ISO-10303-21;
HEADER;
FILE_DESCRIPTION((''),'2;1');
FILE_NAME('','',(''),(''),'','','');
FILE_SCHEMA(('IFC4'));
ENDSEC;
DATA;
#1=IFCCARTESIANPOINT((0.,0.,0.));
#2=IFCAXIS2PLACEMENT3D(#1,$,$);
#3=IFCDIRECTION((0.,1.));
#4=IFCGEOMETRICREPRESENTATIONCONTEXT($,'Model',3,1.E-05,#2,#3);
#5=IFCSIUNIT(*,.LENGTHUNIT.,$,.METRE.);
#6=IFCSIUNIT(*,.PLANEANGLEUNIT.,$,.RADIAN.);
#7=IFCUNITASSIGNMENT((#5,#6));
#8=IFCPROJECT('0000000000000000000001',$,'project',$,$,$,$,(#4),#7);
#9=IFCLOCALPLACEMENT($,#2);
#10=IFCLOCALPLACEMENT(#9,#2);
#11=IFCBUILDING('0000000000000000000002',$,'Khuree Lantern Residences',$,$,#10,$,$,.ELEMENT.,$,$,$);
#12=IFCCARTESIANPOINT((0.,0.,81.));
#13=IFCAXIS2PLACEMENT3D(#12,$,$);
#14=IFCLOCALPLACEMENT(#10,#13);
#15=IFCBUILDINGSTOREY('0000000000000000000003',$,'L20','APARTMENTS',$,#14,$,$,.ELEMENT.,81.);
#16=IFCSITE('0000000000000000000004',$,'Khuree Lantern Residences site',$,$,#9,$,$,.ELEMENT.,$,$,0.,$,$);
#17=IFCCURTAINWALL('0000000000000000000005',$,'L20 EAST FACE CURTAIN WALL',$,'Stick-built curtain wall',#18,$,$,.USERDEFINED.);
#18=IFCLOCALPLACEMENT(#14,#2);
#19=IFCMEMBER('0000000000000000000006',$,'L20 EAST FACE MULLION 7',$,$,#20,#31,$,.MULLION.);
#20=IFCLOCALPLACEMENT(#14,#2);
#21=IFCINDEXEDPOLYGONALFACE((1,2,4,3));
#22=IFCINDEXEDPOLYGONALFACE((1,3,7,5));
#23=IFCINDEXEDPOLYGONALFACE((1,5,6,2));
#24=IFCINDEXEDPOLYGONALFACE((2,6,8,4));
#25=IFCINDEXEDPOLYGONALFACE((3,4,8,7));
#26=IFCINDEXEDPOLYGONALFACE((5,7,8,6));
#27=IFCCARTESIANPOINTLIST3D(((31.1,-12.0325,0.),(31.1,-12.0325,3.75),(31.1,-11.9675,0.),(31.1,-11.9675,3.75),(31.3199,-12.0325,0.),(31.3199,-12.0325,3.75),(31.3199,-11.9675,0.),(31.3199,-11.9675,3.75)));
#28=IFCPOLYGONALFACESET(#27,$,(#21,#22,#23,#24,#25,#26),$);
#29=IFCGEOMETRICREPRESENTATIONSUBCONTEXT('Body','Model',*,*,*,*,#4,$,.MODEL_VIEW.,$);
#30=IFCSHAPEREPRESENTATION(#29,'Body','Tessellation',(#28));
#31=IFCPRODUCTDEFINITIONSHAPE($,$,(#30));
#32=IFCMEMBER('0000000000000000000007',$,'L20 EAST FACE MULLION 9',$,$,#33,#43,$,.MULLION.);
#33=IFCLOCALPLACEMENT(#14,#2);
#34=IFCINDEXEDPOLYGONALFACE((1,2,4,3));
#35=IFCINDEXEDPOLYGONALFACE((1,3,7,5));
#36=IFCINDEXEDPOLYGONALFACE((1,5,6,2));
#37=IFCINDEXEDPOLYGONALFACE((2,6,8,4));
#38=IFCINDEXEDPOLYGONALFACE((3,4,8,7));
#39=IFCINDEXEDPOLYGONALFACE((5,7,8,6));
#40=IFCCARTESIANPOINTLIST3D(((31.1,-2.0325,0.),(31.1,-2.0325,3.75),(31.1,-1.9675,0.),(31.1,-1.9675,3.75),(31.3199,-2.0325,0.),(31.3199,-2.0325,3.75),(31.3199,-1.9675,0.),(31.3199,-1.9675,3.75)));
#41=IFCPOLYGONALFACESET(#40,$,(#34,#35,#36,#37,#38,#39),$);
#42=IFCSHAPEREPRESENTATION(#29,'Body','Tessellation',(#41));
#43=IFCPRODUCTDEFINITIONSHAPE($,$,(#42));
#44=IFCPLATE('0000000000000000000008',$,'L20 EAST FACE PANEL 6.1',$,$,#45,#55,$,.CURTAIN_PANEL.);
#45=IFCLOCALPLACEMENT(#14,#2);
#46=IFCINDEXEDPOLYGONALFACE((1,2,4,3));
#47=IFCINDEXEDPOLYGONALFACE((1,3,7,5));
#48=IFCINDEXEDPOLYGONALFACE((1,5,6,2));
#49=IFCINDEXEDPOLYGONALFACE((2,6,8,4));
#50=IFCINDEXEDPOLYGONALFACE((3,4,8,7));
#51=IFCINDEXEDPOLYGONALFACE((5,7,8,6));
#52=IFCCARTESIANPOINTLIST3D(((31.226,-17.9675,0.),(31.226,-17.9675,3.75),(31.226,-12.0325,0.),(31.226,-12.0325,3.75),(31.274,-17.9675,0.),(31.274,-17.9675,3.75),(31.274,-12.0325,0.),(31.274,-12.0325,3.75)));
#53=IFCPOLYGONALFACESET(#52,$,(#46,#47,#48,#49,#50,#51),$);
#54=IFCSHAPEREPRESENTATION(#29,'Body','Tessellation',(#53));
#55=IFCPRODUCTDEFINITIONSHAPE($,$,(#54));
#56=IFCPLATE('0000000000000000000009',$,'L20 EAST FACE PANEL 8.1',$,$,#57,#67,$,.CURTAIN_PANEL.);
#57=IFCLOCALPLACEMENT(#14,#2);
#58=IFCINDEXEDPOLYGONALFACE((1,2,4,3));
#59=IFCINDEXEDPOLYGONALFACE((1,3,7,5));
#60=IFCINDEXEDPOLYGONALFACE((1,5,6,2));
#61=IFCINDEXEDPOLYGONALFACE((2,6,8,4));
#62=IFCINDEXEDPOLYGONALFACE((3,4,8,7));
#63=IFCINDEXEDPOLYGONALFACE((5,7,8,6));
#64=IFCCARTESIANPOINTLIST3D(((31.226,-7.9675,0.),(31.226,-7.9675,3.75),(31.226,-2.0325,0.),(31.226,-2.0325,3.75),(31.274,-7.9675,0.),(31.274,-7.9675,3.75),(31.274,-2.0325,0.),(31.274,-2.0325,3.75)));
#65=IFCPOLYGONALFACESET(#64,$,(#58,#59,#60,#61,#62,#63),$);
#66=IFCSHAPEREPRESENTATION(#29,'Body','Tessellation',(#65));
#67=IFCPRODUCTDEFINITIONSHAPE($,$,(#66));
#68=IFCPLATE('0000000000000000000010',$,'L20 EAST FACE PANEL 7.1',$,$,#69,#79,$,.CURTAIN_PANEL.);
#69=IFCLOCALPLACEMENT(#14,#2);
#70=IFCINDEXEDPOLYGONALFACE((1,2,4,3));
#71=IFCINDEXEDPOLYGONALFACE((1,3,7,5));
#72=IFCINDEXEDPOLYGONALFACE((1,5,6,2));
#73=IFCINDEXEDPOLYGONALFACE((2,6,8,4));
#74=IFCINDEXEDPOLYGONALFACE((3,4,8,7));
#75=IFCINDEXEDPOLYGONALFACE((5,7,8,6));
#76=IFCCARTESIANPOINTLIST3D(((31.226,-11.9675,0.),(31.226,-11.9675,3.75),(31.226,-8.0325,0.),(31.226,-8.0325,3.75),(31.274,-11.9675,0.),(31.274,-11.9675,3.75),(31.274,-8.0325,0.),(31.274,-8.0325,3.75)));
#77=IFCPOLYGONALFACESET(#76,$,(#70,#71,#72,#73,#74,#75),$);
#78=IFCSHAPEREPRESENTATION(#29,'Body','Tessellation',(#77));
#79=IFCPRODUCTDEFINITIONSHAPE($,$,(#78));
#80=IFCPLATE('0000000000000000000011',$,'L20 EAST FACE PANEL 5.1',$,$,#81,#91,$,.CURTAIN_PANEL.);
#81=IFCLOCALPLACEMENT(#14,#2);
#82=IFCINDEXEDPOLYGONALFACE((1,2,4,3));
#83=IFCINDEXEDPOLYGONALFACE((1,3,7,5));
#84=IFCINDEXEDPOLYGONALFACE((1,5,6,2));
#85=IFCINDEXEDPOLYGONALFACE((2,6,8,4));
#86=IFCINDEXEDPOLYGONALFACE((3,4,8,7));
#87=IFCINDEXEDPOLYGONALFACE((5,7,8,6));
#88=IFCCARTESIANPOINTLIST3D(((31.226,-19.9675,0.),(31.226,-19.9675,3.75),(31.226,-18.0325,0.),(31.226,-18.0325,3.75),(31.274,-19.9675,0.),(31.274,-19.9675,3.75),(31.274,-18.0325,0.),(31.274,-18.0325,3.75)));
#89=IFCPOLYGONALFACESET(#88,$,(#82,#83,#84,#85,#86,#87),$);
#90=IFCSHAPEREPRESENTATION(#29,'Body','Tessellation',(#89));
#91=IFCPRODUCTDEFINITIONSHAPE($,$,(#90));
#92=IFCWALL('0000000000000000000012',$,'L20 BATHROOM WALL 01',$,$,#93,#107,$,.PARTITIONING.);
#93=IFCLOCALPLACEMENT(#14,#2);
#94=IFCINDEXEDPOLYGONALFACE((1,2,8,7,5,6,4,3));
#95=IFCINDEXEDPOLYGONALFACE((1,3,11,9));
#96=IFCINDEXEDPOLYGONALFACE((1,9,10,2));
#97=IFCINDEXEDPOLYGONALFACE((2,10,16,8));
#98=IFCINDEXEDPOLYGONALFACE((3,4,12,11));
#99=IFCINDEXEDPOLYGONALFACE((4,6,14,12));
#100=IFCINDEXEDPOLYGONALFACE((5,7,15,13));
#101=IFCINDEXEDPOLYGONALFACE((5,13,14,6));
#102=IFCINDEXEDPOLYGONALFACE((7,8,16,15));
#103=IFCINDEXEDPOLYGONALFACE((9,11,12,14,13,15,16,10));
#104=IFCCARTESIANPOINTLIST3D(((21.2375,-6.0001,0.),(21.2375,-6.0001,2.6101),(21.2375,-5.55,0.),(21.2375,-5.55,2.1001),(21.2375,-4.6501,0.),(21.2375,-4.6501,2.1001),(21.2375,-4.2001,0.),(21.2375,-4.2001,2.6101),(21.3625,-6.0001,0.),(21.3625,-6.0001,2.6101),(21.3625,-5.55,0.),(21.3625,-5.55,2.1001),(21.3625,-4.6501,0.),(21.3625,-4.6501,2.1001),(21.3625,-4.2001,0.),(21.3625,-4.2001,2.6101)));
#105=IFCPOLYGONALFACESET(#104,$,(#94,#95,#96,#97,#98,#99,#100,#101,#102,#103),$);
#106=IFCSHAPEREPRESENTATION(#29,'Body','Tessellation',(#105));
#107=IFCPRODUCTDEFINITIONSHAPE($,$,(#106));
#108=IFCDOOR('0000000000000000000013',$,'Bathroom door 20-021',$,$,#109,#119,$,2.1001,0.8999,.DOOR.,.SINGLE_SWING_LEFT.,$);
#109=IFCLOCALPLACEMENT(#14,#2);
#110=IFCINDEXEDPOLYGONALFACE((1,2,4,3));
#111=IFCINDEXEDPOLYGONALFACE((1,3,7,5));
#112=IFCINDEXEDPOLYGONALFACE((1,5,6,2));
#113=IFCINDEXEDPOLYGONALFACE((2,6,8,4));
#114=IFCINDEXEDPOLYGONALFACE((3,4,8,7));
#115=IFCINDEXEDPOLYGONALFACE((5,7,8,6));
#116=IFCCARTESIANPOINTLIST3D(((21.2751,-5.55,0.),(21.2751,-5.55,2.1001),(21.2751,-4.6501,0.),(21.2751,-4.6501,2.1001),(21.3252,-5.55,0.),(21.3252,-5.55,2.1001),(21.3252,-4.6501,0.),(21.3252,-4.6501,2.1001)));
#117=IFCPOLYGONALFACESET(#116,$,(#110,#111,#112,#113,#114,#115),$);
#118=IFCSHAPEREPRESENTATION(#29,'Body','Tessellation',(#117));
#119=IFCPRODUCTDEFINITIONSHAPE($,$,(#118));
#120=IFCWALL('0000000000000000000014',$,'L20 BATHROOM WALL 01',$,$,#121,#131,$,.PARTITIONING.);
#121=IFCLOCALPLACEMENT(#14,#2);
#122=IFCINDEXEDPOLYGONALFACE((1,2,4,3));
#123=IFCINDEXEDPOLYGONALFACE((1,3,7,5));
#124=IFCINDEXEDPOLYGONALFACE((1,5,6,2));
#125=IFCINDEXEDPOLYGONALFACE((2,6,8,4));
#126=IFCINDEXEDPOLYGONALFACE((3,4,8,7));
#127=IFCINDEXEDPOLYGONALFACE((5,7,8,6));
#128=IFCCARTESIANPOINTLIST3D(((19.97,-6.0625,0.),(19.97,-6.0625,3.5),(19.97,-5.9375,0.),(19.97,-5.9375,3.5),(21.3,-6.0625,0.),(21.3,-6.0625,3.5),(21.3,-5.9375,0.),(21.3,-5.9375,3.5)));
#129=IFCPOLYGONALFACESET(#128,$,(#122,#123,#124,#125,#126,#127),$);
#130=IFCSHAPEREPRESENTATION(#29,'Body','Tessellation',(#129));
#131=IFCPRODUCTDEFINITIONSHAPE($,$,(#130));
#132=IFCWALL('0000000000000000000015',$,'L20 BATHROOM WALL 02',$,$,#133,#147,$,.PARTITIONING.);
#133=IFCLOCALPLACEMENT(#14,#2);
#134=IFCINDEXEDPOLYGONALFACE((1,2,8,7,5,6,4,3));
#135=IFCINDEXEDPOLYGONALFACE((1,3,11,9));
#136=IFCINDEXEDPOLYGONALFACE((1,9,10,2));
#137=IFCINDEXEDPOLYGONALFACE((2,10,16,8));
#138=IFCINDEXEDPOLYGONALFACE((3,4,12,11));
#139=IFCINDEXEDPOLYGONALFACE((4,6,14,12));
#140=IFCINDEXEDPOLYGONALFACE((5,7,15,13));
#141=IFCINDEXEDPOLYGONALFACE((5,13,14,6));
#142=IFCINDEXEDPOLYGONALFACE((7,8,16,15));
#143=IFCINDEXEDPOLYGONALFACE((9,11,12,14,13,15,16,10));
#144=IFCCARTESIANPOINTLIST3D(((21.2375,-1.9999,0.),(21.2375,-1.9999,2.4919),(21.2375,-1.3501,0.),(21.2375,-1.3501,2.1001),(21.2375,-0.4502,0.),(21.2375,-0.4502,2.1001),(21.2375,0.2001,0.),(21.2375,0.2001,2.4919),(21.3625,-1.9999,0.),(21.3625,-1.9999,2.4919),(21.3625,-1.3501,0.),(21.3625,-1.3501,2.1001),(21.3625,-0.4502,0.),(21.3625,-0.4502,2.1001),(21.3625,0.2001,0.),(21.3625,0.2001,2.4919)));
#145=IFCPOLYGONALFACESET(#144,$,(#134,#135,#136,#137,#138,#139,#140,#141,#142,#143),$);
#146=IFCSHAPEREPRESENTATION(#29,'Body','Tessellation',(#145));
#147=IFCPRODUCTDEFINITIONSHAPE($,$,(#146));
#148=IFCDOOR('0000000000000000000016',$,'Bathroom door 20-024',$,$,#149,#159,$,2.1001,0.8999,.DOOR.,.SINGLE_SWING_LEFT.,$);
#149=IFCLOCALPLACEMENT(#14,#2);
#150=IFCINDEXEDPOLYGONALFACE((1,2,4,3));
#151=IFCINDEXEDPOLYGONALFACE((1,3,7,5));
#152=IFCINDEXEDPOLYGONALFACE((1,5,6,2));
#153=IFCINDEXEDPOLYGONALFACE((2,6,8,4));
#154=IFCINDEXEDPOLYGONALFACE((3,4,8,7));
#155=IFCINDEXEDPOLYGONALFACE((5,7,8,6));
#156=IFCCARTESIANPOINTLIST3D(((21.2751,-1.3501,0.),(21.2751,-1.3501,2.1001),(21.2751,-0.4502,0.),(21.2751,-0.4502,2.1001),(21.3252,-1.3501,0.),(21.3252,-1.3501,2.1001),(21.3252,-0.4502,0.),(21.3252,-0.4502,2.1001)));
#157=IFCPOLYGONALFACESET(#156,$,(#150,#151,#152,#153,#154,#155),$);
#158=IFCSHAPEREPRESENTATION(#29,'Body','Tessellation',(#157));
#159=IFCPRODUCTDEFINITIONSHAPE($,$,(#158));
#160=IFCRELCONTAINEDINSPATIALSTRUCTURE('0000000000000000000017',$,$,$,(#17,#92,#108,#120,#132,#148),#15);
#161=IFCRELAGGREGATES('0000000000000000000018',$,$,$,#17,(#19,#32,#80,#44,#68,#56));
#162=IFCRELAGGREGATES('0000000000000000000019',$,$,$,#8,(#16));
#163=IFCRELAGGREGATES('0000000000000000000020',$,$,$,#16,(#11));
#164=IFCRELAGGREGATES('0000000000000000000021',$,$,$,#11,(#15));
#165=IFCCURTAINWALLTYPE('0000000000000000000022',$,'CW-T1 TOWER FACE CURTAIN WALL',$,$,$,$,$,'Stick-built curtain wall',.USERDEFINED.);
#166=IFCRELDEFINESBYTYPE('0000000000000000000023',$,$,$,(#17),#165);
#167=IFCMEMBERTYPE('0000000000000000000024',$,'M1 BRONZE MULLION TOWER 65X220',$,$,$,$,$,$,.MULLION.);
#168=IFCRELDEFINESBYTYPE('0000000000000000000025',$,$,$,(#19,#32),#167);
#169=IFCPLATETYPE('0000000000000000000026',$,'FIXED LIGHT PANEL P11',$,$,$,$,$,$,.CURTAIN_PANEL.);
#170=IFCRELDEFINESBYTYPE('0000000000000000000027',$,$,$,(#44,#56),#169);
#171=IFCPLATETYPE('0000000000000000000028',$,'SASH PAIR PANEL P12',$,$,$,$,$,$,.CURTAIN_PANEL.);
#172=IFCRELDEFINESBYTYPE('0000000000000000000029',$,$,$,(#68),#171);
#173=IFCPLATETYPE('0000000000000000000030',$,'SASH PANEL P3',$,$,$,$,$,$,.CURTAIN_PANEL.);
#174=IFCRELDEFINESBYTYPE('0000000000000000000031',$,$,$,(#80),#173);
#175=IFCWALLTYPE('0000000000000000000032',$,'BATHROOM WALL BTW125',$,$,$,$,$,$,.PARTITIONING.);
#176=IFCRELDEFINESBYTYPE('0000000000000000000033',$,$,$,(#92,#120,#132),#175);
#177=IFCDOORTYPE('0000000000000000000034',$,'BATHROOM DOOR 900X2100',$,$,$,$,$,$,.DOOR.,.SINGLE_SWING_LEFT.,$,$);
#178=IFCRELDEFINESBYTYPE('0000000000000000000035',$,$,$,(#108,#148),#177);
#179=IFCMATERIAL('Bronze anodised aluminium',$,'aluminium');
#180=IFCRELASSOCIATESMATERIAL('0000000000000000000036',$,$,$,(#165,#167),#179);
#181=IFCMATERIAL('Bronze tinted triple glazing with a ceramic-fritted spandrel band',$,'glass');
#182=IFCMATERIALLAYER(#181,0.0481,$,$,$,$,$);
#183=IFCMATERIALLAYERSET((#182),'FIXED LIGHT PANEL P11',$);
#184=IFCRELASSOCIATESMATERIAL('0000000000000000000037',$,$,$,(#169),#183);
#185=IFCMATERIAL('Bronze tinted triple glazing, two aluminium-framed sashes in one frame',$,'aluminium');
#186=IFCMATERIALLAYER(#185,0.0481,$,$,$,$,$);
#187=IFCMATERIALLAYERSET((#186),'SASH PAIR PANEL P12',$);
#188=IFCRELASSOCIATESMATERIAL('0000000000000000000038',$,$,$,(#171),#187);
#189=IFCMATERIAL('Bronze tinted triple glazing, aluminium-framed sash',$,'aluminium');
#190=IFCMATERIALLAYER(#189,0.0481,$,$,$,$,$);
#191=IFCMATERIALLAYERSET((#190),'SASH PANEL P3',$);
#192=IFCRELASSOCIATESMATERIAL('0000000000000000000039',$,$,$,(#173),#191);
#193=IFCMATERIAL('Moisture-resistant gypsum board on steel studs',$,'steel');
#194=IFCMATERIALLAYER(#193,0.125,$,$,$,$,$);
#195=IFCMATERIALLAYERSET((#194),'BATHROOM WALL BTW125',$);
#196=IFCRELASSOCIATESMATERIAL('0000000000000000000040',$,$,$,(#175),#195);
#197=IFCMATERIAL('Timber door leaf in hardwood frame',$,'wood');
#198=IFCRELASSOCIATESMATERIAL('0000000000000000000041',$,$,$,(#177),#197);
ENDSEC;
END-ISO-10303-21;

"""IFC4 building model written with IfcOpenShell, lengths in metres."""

from ifc_helpers import new_model, si_unit, direction, frame, frame_2d, origin, origin_2d, place, context, subcontext, project, spatial, rectangle, extrude, material, layer, layer_set, material_profile, profile_set, type_object, element, fill, aggregate, save


model = new_model("IFC4")

# Units and contexts
model_context = context("Model", 3, precision=1e-05, world=origin(), true_north=direction((0.0, 1.0)))
body_context = subcontext(model_context, "Body", "Model", "MODEL_VIEW")
ifc_project = project(units=[si_unit("LENGTHUNIT", "METRE"), si_unit("PLANEANGLEUNIT", "RADIAN")], contexts=[model_context])

# Site, building, storey
site_placement = place(None, origin())
site = spatial("IfcSite", under=ifc_project, at=site_placement, Name="Khuree Lantern Residences site", CompositionType="ELEMENT", RefElevation=0.0)
building_placement = place(site_placement, origin())
building = spatial("IfcBuilding", under=site, at=building_placement, Name="Khuree Lantern Residences", CompositionType="ELEMENT")
storey_placement = place(building_placement, frame((0.0, 0.0, 81.0)))
storey = spatial("IfcBuildingStorey", under=building, at=storey_placement, Name="L20", Description="APARTMENTS", CompositionType="ELEMENT", Elevation=81.0)

# Curtain wall
ifc_material_1 = material(Name="Bronze anodised aluminium", Category="aluminium")
curtain_wall_type = type_object("IfcCurtainWallType", Name="CW-T1 TOWER FACE CURTAIN WALL", ElementType="Stick-built curtain wall", PredefinedType="USERDEFINED", material=ifc_material_1)
curtain_wall_placement = place(storey_placement, origin())
curtain_wall = element("IfcCurtainWall", 1, at=curtain_wall_placement, inside=storey, type_object=curtain_wall_type, Name="L20 EAST FACE CURTAIN WALL", ObjectType="Stick-built curtain wall", PredefinedType="USERDEFINED")

# Members
ifc_material_profile_1 = material_profile(ifc_material_1, rectangle(XDim=0.0649, YDim=0.22, at=origin_2d()), Name="M1 65X220")
ifc_profile_set_1 = profile_set([ifc_material_profile_1], Name="Bronze anodised aluminium")
member_type_1 = type_object("IfcMemberType", Name="M1 BRONZE MULLION TOWER 65X220", PredefinedType="MULLION", material=ifc_profile_set_1)
member_1_placement = place(storey_placement, frame((31.21, -12.0, 0.0), z_axis=(0.0, 0.0, 1.0), x_axis=(0.0, 1.0, 0.0)))
member_1 = element("IfcMember", 2, at=member_1_placement, type_object=member_type_1, Name="L20 EAST FACE MULLION 7", PredefinedType="MULLION", context=body_context, shape_type="SweptSolid", body=[
    extrude(rectangle(XDim=0.0649, YDim=0.22, at=origin_2d()), origin(), (0.0, 0.0, 1.0), 3.75),
])
member_2_placement = place(storey_placement, frame((31.21, -2.0, 0.0), z_axis=(0.0, 0.0, 1.0), x_axis=(0.0, 1.0, 0.0)))
member_2 = element("IfcMember", 3, at=member_2_placement, type_object=member_type_1, Name="L20 EAST FACE MULLION 9", PredefinedType="MULLION", context=body_context, shape_type="SweptSolid", body=[
    extrude(rectangle(XDim=0.0649, YDim=0.22, at=origin_2d()), origin(), (0.0, 0.0, 1.0), 3.75),
])

# Plates
ifc_material_2 = material(Name="Bronze tinted triple glazing with a ceramic-fritted spandrel band", Category="glass")
ifc_layer_1 = layer(ifc_material_2, 0.0481)
ifc_layer_set_1 = layer_set([ifc_layer_1], Name="FIXED LIGHT PANEL P11")
plate_type_1 = type_object("IfcPlateType", Name="FIXED LIGHT PANEL P11", PredefinedType="CURTAIN_PANEL", material=ifc_layer_set_1)
plate_1_placement = place(storey_placement, frame((31.25, -15.0, 0.0), z_axis=(0.0, 0.0, 1.0), x_axis=(0.0, 1.0, 0.0)))
plate_1 = element("IfcPlate", 4, at=plate_1_placement, type_object=plate_type_1, Name="L20 EAST FACE PANEL 6.1", PredefinedType="CURTAIN_PANEL", context=body_context, shape_type="SweptSolid", body=[
    extrude(rectangle(XDim=5.9351, YDim=0.0481, at=origin_2d()), origin(), (0.0, 0.0, 1.0), 3.75),
])
plate_2_placement = place(storey_placement, frame((31.25, -5.0, 0.0), z_axis=(0.0, 0.0, 1.0), x_axis=(0.0, 1.0, 0.0)))
plate_2 = element("IfcPlate", 5, at=plate_2_placement, type_object=plate_type_1, Name="L20 EAST FACE PANEL 8.1", PredefinedType="CURTAIN_PANEL", context=body_context, shape_type="SweptSolid", body=[
    extrude(rectangle(XDim=5.9351, YDim=0.0481, at=origin_2d()), origin(), (0.0, 0.0, 1.0), 3.75),
])
ifc_material_3 = material(Name="Bronze tinted triple glazing, two aluminium-framed sashes in one frame", Category="aluminium")
ifc_layer_2 = layer(ifc_material_3, 0.0481)
ifc_layer_set_2 = layer_set([ifc_layer_2], Name="SASH PAIR PANEL P12")
plate_type_2 = type_object("IfcPlateType", Name="SASH PAIR PANEL P12", PredefinedType="CURTAIN_PANEL", material=ifc_layer_set_2)
plate_3_placement = place(storey_placement, frame((31.25, -10.0, 0.0), z_axis=(0.0, 0.0, 1.0), x_axis=(0.0, 1.0, 0.0)))
plate_3 = element("IfcPlate", 6, at=plate_3_placement, type_object=plate_type_2, Name="L20 EAST FACE PANEL 7.1", PredefinedType="CURTAIN_PANEL", context=body_context, shape_type="SweptSolid", body=[
    extrude(rectangle(XDim=3.9351, YDim=0.0481, at=origin_2d()), origin(), (0.0, 0.0, 1.0), 3.75),
])
ifc_material_4 = material(Name="Bronze tinted triple glazing, aluminium-framed sash", Category="aluminium")
ifc_layer_3 = layer(ifc_material_4, 0.0481)
ifc_layer_set_3 = layer_set([ifc_layer_3], Name="SASH PANEL P3")
plate_type_3 = type_object("IfcPlateType", Name="SASH PANEL P3", PredefinedType="CURTAIN_PANEL", material=ifc_layer_set_3)
plate_4_placement = place(storey_placement, frame((31.25, -19.0, 0.0), z_axis=(0.0, 0.0, 1.0), x_axis=(0.0, 1.0, 0.0)))
plate_4 = element("IfcPlate", 7, at=plate_4_placement, type_object=plate_type_3, Name="L20 EAST FACE PANEL 5.1", PredefinedType="CURTAIN_PANEL", context=body_context, shape_type="SweptSolid", body=[
    extrude(rectangle(XDim=1.9351, YDim=0.0481, at=origin_2d()), origin(), (0.0, 0.0, 1.0), 3.75),
])
aggregate(curtain_wall, [member_1, member_2, plate_4, plate_1, plate_3, plate_2])

# Wall, opening, door
ifc_material_5 = material(Name="Moisture-resistant gypsum board on steel studs", Category="steel")
ifc_layer_4 = layer(ifc_material_5, 0.125)
ifc_layer_set_4 = layer_set([ifc_layer_4], Name="BATHROOM WALL BTW125")
wall_type_1 = type_object("IfcWallType", Name="BATHROOM WALL BTW125", PredefinedType="PARTITIONING", material=ifc_layer_set_4)
wall_1_placement = place(storey_placement, frame((21.3, -6.0, 0.0), z_axis=(0.0, 0.0, 1.0), x_axis=(0.0, 1.0, 0.0)))
wall_1 = element("IfcWall", 8, at=wall_1_placement, inside=storey, type_object=wall_type_1, Name="L20 BATHROOM WALL 01", PredefinedType="PARTITIONING", context=body_context, shape_type="SweptSolid", body=[
    extrude(rectangle(XDim=1.8, YDim=0.125, at=frame_2d((0.8999, 0.0))), origin(), (0.0, 0.0, 1.0), 2.6101),
])
opening_1_placement = place(wall_1_placement, frame((0.45, 0.0, 0.0)))
opening_1 = element("IfcOpeningElement", 9, at=opening_1_placement, cuts=wall_1, PredefinedType="OPENING", context=body_context, shape_type="SweptSolid", body=[
    extrude(rectangle(XDim=0.8999, YDim=2.1001, at=frame_2d((0.45, 1.05))), frame((0.0, 0.0725, 0.0), z_axis=(0.0, -1.0, 0.0), x_axis=(1.0, 0.0, 0.0)), (0.0, 0.0, 1.0), 0.145),
])
ifc_material_6 = material(Name="Timber door leaf in hardwood frame", Category="wood")
door_type_1 = type_object("IfcDoorType", Name="BATHROOM DOOR 900X2100", OperationType="SINGLE_SWING_LEFT", PredefinedType="DOOR", material=ifc_material_6)
door_1_placement = place(opening_1_placement, origin())
door_1 = element("IfcDoor", 10, at=door_1_placement, inside=storey, type_object=door_type_1, Name="Bathroom door 20-021", OperationType="SINGLE_SWING_LEFT", OverallHeight=2.1001, OverallWidth=0.8999, PredefinedType="DOOR", context=body_context, shape_type="SweptSolid", body=[
    extrude(rectangle(XDim=0.8999, YDim=2.1001, at=frame_2d((0.45, 1.05))), frame((0.0, 0.0249, 0.0), z_axis=(0.0, -1.0, 0.0), x_axis=(1.0, 0.0, 0.0)), (0.0, 0.0, 1.0), 0.05),
])
fill(opening_1, door_1)

# Wall
wall_2_placement = place(storey_placement, frame((19.97, -6.0, 0.0), z_axis=(0.0, 0.0, 1.0), x_axis=(1.0, 0.0, 0.0)))
element("IfcWall", 11, at=wall_2_placement, inside=storey, type_object=wall_type_1, Name="L20 BATHROOM WALL 01", PredefinedType="PARTITIONING", context=body_context, shape_type="SweptSolid", body=[
    extrude(rectangle(XDim=1.3301, YDim=0.125, at=frame_2d((0.665, 0.0))), origin(), (0.0, 0.0, 1.0), 3.5),
])

# Wall, opening, door
wall_3_placement = place(storey_placement, frame((21.3, -2.0, 0.0), z_axis=(0.0, 0.0, 1.0), x_axis=(0.0, 1.0, 0.0)))
wall_3 = element("IfcWall", 12, at=wall_3_placement, inside=storey, type_object=wall_type_1, Name="L20 BATHROOM WALL 02", PredefinedType="PARTITIONING", context=body_context, shape_type="SweptSolid", body=[
    extrude(rectangle(XDim=2.2, YDim=0.125, at=frame_2d((1.1001, 0.0))), origin(), (0.0, 0.0, 1.0), 2.4919),
])
opening_2_placement = place(wall_3_placement, frame((0.6499, 0.0, 0.0)))
opening_2 = element("IfcOpeningElement", 13, at=opening_2_placement, cuts=wall_3, PredefinedType="OPENING", context=body_context, shape_type="SweptSolid", body=[
    extrude(rectangle(XDim=0.8999, YDim=2.1001, at=frame_2d((0.45, 1.05))), frame((0.0, 0.0725, 0.0), z_axis=(0.0, -1.0, 0.0), x_axis=(1.0, 0.0, 0.0)), (0.0, 0.0, 1.0), 0.145),
])
door_2_placement = place(opening_2_placement, origin())
door_2 = element("IfcDoor", 14, at=door_2_placement, inside=storey, type_object=door_type_1, Name="Bathroom door 20-024", OperationType="SINGLE_SWING_LEFT", OverallHeight=2.1001, OverallWidth=0.8999, PredefinedType="DOOR", context=body_context, shape_type="SweptSolid", body=[
    extrude(rectangle(XDim=0.8999, YDim=2.1001, at=frame_2d((0.45, 1.05))), frame((0.0, 0.0249, 0.0), z_axis=(0.0, -1.0, 0.0), x_axis=(1.0, 0.0, 0.0)), (0.0, 0.0, 1.0), 0.05),
])
fill(opening_2, door_2)

save(model, "model.ifc")
